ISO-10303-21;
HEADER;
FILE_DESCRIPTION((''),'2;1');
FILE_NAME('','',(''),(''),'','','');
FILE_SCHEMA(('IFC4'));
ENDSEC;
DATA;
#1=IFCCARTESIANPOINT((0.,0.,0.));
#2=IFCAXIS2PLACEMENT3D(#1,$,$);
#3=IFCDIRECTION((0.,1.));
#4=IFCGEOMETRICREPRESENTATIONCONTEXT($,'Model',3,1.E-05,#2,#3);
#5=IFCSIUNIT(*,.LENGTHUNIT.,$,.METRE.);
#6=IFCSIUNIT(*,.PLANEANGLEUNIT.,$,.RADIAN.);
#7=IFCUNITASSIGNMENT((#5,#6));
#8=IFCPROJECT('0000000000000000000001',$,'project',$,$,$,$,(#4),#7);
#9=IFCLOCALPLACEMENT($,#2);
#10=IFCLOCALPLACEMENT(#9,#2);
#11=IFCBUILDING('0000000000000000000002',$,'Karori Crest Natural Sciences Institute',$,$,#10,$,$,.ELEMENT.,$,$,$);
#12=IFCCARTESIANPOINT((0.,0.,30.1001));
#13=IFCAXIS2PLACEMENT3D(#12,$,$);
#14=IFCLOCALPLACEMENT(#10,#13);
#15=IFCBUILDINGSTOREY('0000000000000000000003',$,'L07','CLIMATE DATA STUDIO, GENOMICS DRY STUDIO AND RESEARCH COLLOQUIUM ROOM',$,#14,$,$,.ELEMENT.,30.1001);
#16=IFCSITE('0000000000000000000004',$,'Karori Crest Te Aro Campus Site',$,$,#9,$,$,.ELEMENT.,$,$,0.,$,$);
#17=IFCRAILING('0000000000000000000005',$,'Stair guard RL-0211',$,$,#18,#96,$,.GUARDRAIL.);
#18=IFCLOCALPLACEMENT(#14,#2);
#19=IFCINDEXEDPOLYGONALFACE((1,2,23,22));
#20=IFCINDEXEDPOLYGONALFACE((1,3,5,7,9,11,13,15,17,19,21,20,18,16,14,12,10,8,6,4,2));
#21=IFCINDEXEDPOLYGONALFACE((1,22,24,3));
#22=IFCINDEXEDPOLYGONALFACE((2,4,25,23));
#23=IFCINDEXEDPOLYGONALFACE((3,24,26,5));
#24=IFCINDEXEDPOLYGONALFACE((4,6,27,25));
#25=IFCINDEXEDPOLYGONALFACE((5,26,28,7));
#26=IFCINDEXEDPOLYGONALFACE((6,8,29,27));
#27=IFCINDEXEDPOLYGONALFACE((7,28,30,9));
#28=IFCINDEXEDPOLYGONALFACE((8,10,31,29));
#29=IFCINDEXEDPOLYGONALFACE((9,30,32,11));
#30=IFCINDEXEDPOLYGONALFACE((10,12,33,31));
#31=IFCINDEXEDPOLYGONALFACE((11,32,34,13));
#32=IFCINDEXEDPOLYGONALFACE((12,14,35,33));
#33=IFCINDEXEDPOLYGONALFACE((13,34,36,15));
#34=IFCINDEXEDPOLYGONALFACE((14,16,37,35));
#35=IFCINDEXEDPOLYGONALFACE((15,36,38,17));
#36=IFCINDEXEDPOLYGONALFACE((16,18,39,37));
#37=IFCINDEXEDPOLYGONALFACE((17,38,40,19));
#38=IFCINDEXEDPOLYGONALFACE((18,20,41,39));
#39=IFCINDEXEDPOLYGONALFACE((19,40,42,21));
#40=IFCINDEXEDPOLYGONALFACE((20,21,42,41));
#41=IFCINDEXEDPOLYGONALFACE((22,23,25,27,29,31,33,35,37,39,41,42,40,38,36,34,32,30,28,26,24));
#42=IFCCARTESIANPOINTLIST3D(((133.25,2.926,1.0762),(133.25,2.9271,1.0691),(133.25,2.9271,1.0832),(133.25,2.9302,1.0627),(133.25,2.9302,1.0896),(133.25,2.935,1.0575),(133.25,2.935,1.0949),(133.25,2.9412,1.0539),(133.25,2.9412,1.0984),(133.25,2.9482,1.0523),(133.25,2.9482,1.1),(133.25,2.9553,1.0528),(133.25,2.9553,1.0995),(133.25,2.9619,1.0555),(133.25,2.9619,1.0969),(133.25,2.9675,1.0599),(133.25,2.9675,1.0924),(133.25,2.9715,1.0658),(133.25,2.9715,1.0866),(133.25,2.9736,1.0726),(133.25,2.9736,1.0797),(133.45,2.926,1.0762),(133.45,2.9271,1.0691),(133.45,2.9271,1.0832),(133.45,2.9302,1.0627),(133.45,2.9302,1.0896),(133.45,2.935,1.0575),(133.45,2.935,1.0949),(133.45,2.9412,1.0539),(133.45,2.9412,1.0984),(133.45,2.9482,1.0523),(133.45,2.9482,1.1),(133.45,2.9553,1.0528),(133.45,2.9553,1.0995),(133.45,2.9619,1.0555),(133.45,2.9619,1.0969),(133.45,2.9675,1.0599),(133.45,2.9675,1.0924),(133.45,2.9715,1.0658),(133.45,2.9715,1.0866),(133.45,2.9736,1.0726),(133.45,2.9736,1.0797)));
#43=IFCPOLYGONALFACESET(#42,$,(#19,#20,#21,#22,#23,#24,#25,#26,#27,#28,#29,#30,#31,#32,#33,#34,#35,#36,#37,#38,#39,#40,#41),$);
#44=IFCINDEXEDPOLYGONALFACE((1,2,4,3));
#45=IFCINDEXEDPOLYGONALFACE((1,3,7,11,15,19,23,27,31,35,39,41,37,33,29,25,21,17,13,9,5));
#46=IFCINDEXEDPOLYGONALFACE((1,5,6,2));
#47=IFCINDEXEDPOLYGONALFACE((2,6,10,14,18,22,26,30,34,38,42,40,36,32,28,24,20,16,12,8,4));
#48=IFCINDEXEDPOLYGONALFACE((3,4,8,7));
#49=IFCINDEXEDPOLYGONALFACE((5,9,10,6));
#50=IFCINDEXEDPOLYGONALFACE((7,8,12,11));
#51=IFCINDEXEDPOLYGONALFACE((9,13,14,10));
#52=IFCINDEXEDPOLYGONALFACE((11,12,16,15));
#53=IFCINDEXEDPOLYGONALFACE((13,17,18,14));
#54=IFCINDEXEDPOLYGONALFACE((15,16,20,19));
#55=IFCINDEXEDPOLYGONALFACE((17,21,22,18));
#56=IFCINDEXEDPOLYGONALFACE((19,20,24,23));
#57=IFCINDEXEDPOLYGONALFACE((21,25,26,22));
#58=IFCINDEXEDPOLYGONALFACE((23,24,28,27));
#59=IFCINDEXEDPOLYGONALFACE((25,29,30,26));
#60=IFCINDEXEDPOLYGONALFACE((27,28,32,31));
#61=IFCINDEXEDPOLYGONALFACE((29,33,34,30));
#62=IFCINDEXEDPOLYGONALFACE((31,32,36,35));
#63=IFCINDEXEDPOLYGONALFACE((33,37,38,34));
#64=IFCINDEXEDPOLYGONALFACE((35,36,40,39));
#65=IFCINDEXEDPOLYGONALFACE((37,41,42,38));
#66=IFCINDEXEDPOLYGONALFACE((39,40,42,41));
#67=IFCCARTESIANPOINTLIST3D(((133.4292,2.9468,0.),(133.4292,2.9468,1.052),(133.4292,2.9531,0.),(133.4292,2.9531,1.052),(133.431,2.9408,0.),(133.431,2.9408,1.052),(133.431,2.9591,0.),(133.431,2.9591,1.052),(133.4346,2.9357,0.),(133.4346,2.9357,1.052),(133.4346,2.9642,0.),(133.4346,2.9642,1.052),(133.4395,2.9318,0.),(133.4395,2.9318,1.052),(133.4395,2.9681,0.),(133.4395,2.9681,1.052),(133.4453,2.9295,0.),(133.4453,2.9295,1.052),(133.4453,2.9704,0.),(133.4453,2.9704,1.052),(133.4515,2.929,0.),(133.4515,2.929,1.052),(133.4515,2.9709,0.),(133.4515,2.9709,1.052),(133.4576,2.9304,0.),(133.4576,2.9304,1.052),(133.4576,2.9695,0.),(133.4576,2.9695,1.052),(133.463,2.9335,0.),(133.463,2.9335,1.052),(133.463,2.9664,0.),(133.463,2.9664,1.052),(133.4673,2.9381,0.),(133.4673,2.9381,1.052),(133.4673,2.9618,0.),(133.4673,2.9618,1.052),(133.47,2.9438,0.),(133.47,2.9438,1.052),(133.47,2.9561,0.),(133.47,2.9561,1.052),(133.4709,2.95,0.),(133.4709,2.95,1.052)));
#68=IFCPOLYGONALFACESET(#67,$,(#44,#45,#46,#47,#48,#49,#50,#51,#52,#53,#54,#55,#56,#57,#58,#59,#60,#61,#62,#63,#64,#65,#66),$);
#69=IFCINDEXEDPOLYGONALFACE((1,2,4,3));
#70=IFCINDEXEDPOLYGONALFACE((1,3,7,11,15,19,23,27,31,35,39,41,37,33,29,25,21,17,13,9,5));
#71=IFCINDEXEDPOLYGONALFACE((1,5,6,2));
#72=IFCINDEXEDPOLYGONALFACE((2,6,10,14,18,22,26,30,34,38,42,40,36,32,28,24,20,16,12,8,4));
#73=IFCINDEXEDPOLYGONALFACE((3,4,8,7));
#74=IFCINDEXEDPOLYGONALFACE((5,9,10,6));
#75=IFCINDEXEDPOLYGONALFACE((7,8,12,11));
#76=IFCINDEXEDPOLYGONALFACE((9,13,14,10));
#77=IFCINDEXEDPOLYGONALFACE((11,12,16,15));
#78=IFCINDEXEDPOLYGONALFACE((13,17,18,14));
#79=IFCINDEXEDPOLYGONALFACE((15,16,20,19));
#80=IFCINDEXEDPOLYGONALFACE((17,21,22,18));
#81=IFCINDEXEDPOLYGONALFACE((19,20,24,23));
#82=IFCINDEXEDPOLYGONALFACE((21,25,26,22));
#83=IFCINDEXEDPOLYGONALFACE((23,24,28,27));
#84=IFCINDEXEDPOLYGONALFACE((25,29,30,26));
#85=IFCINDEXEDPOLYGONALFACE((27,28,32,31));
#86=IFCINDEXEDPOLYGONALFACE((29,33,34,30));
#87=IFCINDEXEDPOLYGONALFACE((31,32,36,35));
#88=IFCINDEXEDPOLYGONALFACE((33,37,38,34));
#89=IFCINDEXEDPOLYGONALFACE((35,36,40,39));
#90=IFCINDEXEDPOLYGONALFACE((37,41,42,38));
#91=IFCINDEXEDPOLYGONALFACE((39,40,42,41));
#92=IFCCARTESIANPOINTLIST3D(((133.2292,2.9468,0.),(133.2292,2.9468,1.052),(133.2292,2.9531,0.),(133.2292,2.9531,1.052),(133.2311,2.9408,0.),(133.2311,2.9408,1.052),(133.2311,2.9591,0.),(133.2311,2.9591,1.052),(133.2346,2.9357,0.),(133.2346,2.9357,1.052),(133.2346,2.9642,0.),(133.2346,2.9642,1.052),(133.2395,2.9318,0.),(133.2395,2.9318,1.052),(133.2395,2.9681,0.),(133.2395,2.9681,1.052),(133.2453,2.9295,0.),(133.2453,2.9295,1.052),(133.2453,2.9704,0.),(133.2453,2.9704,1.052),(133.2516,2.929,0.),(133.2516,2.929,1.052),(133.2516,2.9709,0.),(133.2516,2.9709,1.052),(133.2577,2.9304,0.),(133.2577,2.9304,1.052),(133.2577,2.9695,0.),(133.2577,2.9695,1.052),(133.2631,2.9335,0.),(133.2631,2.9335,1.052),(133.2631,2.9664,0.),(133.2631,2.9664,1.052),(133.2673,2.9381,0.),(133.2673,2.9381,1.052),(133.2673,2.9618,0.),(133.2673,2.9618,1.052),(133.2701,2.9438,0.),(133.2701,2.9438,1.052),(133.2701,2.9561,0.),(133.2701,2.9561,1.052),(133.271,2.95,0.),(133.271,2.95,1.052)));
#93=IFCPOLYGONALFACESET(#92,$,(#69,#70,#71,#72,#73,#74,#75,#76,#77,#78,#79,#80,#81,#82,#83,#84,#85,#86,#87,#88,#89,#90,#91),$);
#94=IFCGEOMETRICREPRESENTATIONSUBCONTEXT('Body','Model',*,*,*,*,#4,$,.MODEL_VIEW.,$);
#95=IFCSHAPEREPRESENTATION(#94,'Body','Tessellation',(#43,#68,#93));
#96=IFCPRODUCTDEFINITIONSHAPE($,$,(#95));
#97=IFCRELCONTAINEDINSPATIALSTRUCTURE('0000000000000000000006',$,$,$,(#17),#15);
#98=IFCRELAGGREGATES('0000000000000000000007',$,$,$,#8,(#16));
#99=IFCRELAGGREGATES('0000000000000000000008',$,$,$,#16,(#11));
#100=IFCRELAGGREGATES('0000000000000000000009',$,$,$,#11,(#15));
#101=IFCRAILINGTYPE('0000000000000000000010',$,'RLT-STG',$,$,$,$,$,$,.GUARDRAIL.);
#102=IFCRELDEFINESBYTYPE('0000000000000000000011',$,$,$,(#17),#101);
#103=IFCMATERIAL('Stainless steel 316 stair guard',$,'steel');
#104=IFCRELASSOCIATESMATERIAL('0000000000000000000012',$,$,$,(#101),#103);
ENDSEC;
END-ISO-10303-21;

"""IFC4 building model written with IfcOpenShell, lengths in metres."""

from ifc_helpers import new_model, si_unit, direction, frame, origin, origin_2d, place, context, subcontext, project, spatial, circle, extrude, material, type_object, element, save


model = new_model("IFC4")

# Units and contexts
model_context = context("Model", 3, precision=1e-05, world=origin(), true_north=direction((0.0, 1.0)))
body_context = subcontext(model_context, "Body", "Model", "MODEL_VIEW")
ifc_project = project(units=[si_unit("LENGTHUNIT", "METRE"), si_unit("PLANEANGLEUNIT", "RADIAN")], contexts=[model_context])

# Site, building, storey
site_placement = place(None, origin())
site = spatial("IfcSite", under=ifc_project, at=site_placement, Name="Karori Crest Te Aro Campus Site", CompositionType="ELEMENT", RefElevation=0.0)
building_placement = place(site_placement, origin())
building = spatial("IfcBuilding", under=site, at=building_placement, Name="Karori Crest Natural Sciences Institute", CompositionType="ELEMENT")
storey_placement = place(building_placement, frame((0.0, 0.0, 30.1001)))
storey = spatial("IfcBuildingStorey", under=building, at=storey_placement, Name="L07", Description="CLIMATE DATA STUDIO, GENOMICS DRY STUDIO AND RESEARCH COLLOQUIUM ROOM", CompositionType="ELEMENT", Elevation=30.1001)

# Railing
ifc_material_1 = material(Name="Stainless steel 316 stair guard", Category="steel")
railing_type_1 = type_object("IfcRailingType", Name="RLT-STG", PredefinedType="GUARDRAIL", material=ifc_material_1)
railing_1_placement = place(storey_placement, frame((133.45, 2.95, 0.0)))
element("IfcRailing", 1, at=railing_1_placement, inside=storey, type_object=railing_type_1, Name="Stair guard RL-0211", PredefinedType="GUARDRAIL", context=body_context, shape_type="SweptSolid", body=[
    extrude(circle(Radius=0.0239, at=origin_2d()), frame((0.0, 0.0, 1.0762), z_axis=(-1.0, 0.0, 0.0), x_axis=(0.0, -1.0, 0.0)), (0.0, 0.0, 1.0), 0.2),
    extrude(circle(Radius=0.021, at=origin_2d()), origin(), (0.0, 0.0, 1.0), 1.052),
    extrude(circle(Radius=0.021, at=origin_2d()), frame((-0.2, 0.0, 0.0)), (0.0, 0.0, 1.0), 1.052),
])

save(model, "model.ifc")
